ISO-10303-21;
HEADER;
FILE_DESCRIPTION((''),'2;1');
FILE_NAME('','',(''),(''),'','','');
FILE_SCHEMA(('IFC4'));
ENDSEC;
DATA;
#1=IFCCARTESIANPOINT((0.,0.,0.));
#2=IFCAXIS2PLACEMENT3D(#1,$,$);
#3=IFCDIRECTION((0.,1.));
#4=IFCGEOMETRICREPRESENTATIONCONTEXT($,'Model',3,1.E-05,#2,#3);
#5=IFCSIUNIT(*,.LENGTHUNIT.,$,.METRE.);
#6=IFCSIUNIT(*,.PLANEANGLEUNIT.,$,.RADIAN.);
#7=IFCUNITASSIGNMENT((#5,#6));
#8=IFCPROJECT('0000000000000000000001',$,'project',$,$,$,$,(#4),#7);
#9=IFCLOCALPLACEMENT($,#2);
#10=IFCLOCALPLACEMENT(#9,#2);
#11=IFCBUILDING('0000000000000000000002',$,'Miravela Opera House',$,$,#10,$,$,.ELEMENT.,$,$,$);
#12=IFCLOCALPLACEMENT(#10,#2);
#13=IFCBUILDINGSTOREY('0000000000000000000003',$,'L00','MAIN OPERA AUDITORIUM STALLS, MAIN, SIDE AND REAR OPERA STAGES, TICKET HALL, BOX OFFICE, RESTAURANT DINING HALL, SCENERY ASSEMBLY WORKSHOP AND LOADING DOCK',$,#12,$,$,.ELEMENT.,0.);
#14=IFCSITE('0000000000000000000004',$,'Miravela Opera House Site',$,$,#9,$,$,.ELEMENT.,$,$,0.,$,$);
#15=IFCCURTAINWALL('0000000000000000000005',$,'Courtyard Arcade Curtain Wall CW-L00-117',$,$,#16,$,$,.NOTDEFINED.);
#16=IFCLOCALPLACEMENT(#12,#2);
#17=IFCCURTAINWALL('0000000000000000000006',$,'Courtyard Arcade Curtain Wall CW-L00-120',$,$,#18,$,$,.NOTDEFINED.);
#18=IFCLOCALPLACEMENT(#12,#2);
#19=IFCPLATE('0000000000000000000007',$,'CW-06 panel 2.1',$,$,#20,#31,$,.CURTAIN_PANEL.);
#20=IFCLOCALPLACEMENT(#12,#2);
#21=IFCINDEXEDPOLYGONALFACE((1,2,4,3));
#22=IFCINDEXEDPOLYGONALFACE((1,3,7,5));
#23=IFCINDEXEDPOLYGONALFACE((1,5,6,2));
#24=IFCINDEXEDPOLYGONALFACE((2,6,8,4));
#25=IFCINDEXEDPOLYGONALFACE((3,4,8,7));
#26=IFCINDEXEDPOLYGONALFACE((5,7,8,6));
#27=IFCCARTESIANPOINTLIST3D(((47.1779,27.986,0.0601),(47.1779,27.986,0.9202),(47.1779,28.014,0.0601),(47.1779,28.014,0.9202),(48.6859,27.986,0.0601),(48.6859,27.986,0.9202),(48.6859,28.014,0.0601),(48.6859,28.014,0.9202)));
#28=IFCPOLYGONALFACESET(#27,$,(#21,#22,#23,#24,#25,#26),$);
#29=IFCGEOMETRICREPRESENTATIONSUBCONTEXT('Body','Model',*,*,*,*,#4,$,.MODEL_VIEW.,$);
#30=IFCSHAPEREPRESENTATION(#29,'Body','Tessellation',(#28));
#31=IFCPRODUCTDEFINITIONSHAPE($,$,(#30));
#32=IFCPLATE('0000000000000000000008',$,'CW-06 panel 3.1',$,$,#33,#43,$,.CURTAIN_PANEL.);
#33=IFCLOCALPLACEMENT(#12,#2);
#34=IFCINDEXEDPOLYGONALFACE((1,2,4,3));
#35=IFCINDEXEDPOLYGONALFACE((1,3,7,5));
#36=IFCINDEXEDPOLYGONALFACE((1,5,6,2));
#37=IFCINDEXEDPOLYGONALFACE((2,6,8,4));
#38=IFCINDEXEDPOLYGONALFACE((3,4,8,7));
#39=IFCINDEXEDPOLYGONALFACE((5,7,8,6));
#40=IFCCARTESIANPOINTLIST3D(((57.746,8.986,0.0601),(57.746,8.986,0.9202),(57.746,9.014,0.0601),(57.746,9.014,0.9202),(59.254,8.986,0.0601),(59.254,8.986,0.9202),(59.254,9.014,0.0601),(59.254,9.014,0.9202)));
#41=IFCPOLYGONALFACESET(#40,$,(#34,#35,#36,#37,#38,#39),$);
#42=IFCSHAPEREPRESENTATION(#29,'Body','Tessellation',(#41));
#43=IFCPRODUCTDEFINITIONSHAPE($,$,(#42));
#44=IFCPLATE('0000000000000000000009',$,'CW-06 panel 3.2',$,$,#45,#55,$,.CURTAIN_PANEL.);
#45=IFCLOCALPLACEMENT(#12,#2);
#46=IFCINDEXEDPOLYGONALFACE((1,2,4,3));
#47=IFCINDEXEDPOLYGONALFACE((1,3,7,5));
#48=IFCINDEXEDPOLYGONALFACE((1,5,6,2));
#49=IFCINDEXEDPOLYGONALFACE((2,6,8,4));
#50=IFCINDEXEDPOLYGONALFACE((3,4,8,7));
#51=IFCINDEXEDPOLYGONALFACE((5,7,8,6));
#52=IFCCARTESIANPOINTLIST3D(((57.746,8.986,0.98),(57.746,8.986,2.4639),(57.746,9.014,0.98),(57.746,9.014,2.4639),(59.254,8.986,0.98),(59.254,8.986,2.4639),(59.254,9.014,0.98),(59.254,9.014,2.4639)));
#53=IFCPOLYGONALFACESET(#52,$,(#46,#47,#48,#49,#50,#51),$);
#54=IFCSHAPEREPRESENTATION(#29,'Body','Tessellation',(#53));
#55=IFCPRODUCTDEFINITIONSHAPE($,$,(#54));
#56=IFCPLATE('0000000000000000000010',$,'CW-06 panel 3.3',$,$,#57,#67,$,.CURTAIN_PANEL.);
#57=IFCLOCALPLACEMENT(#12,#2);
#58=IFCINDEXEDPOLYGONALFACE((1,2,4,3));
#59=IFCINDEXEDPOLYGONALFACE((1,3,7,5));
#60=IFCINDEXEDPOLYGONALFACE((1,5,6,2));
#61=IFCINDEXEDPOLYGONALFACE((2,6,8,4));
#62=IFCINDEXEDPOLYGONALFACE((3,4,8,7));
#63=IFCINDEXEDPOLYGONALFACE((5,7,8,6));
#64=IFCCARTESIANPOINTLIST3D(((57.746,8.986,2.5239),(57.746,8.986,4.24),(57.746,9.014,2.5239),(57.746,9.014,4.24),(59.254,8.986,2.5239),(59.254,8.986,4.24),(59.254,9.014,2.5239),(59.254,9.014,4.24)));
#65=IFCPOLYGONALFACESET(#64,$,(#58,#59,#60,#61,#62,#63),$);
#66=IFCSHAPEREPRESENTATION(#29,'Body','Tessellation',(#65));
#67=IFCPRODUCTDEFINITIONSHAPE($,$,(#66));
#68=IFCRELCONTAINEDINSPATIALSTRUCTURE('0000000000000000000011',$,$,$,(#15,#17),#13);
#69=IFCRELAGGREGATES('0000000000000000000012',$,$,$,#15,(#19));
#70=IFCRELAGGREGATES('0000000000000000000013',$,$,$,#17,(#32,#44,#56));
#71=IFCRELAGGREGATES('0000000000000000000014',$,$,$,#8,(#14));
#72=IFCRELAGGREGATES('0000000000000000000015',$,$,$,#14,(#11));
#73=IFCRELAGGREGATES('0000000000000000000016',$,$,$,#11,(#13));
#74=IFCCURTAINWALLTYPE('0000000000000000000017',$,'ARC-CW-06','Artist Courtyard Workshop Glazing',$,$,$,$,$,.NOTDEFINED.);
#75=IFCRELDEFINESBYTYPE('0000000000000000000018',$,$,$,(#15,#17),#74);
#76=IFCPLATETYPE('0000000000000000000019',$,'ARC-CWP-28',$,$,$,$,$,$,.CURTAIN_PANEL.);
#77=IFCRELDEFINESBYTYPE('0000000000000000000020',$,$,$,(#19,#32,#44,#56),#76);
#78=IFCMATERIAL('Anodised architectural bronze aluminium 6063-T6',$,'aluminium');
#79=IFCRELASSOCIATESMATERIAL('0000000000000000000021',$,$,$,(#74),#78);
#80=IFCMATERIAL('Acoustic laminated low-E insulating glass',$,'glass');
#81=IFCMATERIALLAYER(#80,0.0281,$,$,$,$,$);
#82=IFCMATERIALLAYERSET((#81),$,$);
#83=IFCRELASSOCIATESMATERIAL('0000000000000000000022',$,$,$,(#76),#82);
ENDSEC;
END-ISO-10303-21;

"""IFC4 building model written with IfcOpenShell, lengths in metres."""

from ifc_helpers import new_model, si_unit, direction, frame, origin, origin_2d, place, context, subcontext, project, spatial, rectangle, extrude, material, layer, layer_set, type_object, element, aggregate, save


model = new_model("IFC4")

# Units and contexts
model_context = context("Model", 3, precision=1e-05, world=origin(), true_north=direction((0.0, 1.0)))
body_context = subcontext(model_context, "Body", "Model", "MODEL_VIEW")
ifc_project = project(units=[si_unit("LENGTHUNIT", "METRE"), si_unit("PLANEANGLEUNIT", "RADIAN")], contexts=[model_context])

# Site, building, storey
site_placement = place(None, origin())
site = spatial("IfcSite", under=ifc_project, at=site_placement, Name="Miravela Opera House Site", CompositionType="ELEMENT", RefElevation=0.0)
building_placement = place(site_placement, origin())
building = spatial("IfcBuilding", under=site, at=building_placement, Name="Miravela Opera House", CompositionType="ELEMENT")
storey_placement = place(building_placement, origin())
storey = spatial("IfcBuildingStorey", under=building, at=storey_placement, Name="L00", Description="MAIN OPERA AUDITORIUM STALLS, MAIN, SIDE AND REAR OPERA STAGES, TICKET HALL, BOX OFFICE, RESTAURANT DINING HALL, SCENERY ASSEMBLY WORKSHOP AND LOADING DOCK", CompositionType="ELEMENT", Elevation=0.0)

# Shared definitions
ifc_material_1 = material(Name="Anodised architectural bronze aluminium 6063-T6", Category="aluminium")
curtain_wall_type = type_object("IfcCurtainWallType", Name="ARC-CW-06", Description="Artist Courtyard Workshop Glazing", PredefinedType="NOTDEFINED", material=ifc_material_1)

# Curtain wall
curtain_wall_1_placement = place(storey_placement, origin())
curtain_wall_1 = element("IfcCurtainWall", 1, at=curtain_wall_1_placement, inside=storey, type_object=curtain_wall_type, Name="Courtyard Arcade Curtain Wall CW-L00-117", PredefinedType="NOTDEFINED")

# Curtain wall
curtain_wall_2_placement = place(storey_placement, origin())
curtain_wall_2 = element("IfcCurtainWall", 2, at=curtain_wall_2_placement, inside=storey, type_object=curtain_wall_type, Name="Courtyard Arcade Curtain Wall CW-L00-120", PredefinedType="NOTDEFINED")

# Plates
ifc_material_2 = material(Name="Acoustic laminated low-E insulating glass", Category="glass")
ifc_layer = layer(ifc_material_2, 0.0281)
ifc_layer_set = layer_set([ifc_layer])
plate_type = type_object("IfcPlateType", Name="ARC-CWP-28", PredefinedType="CURTAIN_PANEL", material=ifc_layer_set)
plate_1_placement = place(storey_placement, frame((47.9319, 28.0, 0.0601), z_axis=(0.0, 0.0, 1.0), x_axis=(1.0, 0.0, 0.0)))
plate_1 = element("IfcPlate", 3, at=plate_1_placement, type_object=plate_type, Name="CW-06 panel 2.1", PredefinedType="CURTAIN_PANEL", context=body_context, shape_type="SweptSolid", body=[
    extrude(rectangle(XDim=1.5081, YDim=0.0281, at=origin_2d()), origin(), (0.0, 0.0, 1.0), 0.8601),
])
aggregate(curtain_wall_1, [plate_1])
plate_2_placement = place(storey_placement, frame((58.5, 9.0, 0.0601), z_axis=(0.0, 0.0, 1.0), x_axis=(1.0, 0.0, 0.0)))
plate_2 = element("IfcPlate", 4, at=plate_2_placement, type_object=plate_type, Name="CW-06 panel 3.1", PredefinedType="CURTAIN_PANEL", context=body_context, shape_type="SweptSolid", body=[
    extrude(rectangle(XDim=1.5081, YDim=0.0281, at=origin_2d()), origin(), (0.0, 0.0, 1.0), 0.8601),
])
plate_3_placement = place(storey_placement, frame((58.5, 9.0, 0.98), z_axis=(0.0, 0.0, 1.0), x_axis=(1.0, 0.0, 0.0)))
plate_3 = element("IfcPlate", 5, at=plate_3_placement, type_object=plate_type, Name="CW-06 panel 3.2", PredefinedType="CURTAIN_PANEL", context=body_context, shape_type="SweptSolid", body=[
    extrude(rectangle(XDim=1.5081, YDim=0.0281, at=origin_2d()), origin(), (0.0, 0.0, 1.0), 1.4839),
])
plate_4_placement = place(storey_placement, frame((58.5, 9.0, 2.5239), z_axis=(0.0, 0.0, 1.0), x_axis=(1.0, 0.0, 0.0)))
plate_4 = element("IfcPlate", 6, at=plate_4_placement, type_object=plate_type, Name="CW-06 panel 3.3", PredefinedType="CURTAIN_PANEL", context=body_context, shape_type="SweptSolid", body=[
    extrude(rectangle(XDim=1.5081, YDim=0.0281, at=origin_2d()), origin(), (0.0, 0.0, 1.0), 1.7161),
])
aggregate(curtain_wall_2, [plate_2, plate_3, plate_4])

save(model, "model.ifc")
